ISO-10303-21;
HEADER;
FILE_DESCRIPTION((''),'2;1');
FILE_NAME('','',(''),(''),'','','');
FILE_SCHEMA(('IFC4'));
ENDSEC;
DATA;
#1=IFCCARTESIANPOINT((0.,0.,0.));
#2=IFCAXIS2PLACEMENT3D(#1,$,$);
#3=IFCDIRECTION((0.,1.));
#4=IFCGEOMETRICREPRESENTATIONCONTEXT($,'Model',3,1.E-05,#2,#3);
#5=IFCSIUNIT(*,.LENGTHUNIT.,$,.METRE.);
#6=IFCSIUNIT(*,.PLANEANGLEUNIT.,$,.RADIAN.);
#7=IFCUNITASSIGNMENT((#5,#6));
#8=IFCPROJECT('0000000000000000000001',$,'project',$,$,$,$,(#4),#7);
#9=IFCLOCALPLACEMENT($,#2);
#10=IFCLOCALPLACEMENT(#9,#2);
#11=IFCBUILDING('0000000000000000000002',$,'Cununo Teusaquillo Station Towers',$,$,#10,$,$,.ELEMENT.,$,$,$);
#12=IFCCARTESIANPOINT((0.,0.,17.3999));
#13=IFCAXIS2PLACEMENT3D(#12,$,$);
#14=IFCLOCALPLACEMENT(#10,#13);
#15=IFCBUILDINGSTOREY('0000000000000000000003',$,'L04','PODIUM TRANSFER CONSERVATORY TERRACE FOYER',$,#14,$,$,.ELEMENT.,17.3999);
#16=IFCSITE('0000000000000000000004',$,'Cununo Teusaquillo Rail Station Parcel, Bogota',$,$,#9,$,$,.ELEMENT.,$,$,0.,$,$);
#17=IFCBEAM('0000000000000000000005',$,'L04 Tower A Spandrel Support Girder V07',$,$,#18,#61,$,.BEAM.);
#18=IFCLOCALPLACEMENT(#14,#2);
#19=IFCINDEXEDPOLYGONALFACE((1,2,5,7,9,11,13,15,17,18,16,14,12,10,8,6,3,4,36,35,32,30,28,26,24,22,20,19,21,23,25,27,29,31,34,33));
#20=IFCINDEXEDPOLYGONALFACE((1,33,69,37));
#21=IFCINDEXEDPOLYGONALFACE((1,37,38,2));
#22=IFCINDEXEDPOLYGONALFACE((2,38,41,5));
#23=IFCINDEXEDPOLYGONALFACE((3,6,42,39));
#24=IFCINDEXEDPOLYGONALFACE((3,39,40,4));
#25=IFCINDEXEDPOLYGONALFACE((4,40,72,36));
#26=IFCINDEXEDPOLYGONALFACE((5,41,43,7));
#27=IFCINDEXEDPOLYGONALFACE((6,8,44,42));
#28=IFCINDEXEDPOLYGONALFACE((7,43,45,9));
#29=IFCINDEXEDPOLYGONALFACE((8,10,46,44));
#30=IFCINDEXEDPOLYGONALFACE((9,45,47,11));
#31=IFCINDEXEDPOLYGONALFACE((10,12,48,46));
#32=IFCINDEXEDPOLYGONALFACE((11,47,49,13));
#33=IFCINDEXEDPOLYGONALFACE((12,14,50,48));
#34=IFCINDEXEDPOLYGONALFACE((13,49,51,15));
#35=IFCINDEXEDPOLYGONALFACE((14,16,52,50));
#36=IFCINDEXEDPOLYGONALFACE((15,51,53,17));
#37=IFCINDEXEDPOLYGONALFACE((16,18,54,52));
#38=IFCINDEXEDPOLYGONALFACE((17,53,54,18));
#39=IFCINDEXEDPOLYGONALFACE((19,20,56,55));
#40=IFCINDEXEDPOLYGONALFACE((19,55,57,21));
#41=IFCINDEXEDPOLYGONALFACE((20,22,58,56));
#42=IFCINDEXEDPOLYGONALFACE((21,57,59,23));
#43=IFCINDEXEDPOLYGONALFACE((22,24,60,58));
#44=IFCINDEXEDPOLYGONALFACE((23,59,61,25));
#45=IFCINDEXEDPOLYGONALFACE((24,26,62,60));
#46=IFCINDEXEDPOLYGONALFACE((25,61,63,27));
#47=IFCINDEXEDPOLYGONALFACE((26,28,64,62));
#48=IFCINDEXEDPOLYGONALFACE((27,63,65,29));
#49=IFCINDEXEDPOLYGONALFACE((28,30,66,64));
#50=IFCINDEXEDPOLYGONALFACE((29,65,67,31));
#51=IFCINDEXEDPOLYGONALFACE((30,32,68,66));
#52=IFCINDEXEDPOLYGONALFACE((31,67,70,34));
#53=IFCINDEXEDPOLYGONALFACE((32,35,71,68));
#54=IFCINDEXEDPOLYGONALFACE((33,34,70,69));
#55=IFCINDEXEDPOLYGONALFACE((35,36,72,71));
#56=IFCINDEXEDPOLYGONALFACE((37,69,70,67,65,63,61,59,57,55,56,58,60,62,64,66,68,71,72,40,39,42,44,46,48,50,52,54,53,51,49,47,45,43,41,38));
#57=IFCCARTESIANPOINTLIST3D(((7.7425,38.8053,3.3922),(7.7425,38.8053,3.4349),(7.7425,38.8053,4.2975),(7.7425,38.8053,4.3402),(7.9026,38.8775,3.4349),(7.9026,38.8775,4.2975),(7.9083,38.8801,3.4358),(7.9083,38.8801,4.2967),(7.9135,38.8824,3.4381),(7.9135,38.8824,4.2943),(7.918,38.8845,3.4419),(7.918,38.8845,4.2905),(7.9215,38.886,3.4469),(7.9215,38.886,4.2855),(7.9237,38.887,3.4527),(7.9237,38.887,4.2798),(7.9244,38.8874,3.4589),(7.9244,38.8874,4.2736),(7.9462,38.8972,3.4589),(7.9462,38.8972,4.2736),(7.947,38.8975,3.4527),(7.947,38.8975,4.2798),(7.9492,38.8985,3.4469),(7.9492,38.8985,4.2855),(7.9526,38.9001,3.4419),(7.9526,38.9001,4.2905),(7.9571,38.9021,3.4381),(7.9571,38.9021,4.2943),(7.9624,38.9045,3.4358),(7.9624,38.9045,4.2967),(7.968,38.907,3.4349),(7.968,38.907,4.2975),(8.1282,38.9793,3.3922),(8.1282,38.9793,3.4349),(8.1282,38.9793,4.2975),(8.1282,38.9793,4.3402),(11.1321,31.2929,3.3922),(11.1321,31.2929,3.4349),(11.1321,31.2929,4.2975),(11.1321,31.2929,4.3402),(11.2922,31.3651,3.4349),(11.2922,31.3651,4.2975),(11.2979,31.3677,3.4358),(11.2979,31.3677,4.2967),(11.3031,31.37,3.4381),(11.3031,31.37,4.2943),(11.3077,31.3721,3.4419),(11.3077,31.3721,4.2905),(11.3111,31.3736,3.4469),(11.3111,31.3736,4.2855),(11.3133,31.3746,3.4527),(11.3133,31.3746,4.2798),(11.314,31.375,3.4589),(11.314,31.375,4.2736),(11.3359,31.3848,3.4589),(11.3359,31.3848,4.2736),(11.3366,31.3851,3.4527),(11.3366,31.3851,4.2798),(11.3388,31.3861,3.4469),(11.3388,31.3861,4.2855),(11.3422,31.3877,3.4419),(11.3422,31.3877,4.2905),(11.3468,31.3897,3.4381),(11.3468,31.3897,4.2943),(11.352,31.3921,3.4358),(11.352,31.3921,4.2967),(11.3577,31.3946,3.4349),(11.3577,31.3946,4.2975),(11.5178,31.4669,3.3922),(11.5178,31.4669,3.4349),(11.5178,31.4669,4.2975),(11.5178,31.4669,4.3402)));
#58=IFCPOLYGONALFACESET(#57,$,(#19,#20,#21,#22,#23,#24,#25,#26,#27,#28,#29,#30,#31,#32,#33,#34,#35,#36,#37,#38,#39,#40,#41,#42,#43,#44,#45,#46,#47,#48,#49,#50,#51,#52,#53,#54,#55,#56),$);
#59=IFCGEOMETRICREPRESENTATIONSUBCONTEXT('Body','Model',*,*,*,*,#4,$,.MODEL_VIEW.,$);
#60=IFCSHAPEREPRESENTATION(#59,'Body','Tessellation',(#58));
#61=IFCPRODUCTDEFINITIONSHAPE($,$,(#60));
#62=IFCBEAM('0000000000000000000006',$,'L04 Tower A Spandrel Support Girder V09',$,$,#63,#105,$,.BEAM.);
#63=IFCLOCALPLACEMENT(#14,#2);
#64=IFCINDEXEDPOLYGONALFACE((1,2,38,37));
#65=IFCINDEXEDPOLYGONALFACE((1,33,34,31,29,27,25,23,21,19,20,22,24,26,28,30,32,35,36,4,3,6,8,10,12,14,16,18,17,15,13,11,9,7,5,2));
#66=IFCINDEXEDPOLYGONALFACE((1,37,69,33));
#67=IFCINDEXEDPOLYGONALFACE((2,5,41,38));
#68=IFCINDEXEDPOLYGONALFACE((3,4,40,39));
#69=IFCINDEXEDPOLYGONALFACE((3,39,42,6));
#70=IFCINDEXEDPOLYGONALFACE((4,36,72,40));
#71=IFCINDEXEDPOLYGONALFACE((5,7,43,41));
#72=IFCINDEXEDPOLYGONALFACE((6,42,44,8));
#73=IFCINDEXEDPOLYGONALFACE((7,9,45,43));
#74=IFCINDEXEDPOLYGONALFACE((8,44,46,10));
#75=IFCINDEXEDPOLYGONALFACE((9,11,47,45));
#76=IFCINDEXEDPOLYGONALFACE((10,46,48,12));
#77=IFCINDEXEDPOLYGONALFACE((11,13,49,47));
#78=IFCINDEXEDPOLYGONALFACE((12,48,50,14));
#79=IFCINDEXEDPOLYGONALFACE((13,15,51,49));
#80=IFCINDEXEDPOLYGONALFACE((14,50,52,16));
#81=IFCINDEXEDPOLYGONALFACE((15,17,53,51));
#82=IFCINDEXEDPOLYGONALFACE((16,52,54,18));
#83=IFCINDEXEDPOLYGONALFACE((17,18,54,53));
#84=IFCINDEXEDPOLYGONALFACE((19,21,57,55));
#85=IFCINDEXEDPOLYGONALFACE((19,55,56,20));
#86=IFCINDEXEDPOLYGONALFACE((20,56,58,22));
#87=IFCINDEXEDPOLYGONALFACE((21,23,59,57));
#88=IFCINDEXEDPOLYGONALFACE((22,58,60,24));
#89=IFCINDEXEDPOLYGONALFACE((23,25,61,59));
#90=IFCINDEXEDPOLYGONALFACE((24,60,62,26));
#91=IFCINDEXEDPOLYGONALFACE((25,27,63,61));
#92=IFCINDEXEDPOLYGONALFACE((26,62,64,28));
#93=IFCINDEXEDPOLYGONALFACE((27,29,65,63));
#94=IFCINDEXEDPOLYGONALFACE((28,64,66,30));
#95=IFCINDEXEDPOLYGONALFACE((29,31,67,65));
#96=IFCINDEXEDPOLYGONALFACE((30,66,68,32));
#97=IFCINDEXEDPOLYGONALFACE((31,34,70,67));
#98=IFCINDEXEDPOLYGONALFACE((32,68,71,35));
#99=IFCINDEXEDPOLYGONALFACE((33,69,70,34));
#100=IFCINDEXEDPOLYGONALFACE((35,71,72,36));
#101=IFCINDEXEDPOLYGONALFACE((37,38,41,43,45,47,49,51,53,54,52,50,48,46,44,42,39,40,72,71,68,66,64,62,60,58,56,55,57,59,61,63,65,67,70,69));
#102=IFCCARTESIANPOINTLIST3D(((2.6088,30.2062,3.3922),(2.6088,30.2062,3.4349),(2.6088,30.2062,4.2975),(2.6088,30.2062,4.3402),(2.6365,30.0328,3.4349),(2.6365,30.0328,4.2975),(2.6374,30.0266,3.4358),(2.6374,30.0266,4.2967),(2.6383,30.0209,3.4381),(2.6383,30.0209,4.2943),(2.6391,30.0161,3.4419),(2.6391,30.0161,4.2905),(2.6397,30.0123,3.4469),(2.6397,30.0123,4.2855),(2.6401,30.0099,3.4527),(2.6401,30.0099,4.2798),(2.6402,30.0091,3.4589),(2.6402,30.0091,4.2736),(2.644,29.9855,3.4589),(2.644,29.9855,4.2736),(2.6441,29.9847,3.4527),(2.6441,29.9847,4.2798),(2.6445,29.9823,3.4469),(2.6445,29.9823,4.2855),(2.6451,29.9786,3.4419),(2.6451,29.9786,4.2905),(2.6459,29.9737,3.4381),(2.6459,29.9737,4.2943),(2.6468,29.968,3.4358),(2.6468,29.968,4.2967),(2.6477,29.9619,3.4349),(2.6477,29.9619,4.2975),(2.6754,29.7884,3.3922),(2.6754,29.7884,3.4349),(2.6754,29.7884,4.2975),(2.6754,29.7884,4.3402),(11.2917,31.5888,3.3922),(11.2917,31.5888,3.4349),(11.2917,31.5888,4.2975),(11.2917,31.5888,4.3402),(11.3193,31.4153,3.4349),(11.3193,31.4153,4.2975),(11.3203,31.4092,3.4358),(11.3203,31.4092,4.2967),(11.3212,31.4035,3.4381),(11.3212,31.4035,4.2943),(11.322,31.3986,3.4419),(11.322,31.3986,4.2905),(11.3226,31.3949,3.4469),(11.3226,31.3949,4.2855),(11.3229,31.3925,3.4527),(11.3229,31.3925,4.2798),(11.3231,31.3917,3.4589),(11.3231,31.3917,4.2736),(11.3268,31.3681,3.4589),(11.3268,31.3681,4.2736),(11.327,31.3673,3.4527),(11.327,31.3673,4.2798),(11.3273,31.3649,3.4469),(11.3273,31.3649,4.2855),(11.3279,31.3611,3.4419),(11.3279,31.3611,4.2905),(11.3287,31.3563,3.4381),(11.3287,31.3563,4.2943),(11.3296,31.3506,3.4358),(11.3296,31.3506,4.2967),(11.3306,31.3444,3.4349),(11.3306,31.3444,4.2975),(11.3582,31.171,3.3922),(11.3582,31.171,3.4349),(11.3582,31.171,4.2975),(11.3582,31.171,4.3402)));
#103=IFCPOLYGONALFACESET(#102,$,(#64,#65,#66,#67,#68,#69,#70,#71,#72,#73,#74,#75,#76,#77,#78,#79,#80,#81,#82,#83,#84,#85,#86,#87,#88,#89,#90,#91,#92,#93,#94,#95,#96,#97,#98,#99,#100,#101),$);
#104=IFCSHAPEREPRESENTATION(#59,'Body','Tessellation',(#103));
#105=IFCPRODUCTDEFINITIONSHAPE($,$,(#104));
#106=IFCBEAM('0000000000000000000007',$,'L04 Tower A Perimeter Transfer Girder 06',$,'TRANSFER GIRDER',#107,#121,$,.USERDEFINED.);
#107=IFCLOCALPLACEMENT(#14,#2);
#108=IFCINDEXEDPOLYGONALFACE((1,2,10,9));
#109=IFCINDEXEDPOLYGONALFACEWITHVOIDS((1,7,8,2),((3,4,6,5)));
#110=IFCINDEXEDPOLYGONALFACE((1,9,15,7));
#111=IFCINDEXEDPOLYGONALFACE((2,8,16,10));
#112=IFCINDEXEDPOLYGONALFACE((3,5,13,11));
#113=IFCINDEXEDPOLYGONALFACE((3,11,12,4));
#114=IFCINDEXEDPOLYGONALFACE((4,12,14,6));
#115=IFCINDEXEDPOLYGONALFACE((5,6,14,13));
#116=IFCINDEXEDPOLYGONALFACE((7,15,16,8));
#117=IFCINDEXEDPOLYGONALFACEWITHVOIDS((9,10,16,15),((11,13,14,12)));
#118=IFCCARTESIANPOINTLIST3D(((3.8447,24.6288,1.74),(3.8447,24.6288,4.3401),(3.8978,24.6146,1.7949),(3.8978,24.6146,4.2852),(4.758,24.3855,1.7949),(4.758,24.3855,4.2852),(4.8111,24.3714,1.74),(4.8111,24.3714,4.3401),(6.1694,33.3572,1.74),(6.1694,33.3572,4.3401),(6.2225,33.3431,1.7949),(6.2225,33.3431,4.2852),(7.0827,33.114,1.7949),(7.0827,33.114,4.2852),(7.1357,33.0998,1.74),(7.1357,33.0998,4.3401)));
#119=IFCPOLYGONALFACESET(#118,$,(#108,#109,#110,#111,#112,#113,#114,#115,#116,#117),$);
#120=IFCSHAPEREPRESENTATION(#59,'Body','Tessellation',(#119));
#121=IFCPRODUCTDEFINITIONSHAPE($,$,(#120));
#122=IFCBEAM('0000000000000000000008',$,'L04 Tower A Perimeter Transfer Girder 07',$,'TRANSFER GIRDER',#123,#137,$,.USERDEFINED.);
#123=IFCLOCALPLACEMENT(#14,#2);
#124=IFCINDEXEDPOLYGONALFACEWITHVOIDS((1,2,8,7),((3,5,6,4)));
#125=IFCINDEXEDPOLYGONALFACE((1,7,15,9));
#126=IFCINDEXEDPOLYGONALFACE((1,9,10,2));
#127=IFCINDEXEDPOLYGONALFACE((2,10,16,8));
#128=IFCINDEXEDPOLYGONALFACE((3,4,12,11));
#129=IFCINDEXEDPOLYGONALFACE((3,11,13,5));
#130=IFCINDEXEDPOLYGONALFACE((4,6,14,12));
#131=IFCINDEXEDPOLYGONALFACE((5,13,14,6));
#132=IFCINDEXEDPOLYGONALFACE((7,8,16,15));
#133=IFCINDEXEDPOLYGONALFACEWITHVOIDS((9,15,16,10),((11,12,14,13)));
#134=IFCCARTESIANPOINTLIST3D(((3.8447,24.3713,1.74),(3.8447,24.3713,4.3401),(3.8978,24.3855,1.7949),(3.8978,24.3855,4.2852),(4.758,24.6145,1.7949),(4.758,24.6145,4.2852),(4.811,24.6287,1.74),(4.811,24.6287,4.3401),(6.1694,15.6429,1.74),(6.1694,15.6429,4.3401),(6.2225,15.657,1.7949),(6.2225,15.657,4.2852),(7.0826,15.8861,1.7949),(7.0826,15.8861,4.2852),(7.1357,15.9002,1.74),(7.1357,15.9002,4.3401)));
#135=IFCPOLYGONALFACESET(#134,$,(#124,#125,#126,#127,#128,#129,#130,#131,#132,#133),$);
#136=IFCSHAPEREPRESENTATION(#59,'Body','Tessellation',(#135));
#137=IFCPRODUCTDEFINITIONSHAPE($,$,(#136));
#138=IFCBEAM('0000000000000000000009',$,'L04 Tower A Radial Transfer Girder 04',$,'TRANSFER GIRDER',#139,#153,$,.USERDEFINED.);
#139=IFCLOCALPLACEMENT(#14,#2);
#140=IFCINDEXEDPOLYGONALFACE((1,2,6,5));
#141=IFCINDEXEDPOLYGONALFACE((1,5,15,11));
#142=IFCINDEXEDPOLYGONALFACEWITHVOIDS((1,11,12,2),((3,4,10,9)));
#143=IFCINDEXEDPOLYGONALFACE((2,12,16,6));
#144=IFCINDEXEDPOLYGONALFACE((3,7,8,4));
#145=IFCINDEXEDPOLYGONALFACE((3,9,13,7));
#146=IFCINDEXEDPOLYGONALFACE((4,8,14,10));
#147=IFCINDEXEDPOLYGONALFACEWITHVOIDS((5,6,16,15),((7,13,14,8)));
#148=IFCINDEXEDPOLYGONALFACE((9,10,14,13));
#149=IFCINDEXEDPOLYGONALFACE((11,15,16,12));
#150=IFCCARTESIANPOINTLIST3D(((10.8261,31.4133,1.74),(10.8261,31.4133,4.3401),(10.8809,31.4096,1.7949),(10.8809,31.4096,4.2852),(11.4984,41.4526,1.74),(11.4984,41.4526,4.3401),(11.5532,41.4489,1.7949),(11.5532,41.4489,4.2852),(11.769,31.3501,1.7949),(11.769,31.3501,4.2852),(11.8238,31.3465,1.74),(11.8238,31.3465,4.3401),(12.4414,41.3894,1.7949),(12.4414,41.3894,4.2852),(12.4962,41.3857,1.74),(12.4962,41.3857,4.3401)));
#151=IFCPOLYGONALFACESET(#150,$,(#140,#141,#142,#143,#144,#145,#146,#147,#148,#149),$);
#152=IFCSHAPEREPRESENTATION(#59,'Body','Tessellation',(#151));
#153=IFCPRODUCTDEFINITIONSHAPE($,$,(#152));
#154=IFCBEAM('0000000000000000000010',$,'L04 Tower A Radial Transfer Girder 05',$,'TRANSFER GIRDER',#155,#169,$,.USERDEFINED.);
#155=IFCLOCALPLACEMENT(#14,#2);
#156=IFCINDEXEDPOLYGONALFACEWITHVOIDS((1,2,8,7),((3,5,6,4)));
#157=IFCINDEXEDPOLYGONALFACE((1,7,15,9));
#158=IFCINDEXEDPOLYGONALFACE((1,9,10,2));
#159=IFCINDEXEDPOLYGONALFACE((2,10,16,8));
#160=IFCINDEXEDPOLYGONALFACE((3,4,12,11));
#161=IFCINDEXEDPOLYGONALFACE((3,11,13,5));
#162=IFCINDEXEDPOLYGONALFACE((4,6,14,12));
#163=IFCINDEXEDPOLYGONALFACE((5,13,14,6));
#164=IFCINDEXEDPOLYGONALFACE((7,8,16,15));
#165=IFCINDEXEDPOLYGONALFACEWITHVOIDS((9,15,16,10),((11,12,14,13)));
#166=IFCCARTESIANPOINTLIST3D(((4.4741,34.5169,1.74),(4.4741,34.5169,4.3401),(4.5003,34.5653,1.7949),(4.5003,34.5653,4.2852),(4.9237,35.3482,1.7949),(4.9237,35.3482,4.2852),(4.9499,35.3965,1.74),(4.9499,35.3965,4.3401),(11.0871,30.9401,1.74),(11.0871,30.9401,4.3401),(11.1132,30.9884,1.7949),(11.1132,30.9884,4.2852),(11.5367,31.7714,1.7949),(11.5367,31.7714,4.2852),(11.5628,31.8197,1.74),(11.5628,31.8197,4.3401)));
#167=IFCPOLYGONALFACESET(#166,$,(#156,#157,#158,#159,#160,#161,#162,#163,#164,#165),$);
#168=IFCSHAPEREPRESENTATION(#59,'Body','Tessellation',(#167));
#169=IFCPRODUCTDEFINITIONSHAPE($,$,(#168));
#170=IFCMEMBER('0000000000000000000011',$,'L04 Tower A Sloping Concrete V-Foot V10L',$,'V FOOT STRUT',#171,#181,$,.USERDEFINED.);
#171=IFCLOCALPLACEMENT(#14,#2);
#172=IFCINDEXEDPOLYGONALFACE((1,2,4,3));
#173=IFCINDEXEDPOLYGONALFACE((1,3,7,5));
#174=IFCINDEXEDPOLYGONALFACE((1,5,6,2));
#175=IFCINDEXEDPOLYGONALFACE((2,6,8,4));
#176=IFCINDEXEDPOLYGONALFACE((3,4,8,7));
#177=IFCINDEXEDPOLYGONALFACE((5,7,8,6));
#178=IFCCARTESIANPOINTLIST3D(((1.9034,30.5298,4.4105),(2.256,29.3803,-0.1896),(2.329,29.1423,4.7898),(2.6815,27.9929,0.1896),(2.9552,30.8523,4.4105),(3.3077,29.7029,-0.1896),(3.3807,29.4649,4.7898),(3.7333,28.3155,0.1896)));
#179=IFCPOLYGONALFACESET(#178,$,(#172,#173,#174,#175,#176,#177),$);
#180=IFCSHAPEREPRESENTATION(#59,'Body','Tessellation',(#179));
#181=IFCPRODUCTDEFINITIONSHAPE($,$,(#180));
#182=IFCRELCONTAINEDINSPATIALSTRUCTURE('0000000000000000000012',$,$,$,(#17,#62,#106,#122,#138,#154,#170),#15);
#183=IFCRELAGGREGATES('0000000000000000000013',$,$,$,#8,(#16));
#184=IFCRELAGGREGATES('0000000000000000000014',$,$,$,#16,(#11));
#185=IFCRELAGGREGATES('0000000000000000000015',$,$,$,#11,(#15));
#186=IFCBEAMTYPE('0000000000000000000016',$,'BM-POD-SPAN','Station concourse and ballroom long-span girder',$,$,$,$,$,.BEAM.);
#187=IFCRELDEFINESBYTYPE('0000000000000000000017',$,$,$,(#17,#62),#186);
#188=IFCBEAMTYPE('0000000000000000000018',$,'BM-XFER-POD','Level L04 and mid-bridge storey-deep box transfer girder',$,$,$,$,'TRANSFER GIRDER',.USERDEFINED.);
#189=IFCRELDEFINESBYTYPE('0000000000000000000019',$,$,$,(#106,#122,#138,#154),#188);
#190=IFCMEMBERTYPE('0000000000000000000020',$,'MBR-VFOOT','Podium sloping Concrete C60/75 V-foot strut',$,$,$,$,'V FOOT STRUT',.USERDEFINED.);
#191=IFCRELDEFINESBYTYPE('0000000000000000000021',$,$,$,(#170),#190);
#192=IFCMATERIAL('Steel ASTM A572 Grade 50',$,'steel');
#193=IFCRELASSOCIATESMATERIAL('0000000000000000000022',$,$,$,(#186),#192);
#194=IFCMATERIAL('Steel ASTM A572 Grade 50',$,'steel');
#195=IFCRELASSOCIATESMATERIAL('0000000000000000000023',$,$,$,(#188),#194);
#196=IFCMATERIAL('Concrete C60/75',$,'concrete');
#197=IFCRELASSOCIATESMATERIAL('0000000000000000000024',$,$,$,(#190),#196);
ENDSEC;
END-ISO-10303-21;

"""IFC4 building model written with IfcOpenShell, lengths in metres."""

from ifc_helpers import new_model, si_unit, direction, frame, origin, origin_2d, place, context, subcontext, project, spatial, rectangle, hollow_rectangle, i_section, extrude, material, material_profile, profile_set, type_object, element, save


model = new_model("IFC4")

# Units and contexts
model_context = context("Model", 3, precision=1e-05, world=origin(), true_north=direction((0.0, 1.0)))
body_context = subcontext(model_context, "Body", "Model", "MODEL_VIEW")
ifc_project = project(units=[si_unit("LENGTHUNIT", "METRE"), si_unit("PLANEANGLEUNIT", "RADIAN")], contexts=[model_context])

# Site, building, storey
site_placement = place(None, origin())
site = spatial("IfcSite", under=ifc_project, at=site_placement, Name="Cununo Teusaquillo Rail Station Parcel, Bogota", CompositionType="ELEMENT", RefElevation=0.0)
building_placement = place(site_placement, origin())
building = spatial("IfcBuilding", under=site, at=building_placement, Name="Cununo Teusaquillo Station Towers", CompositionType="ELEMENT")
storey_placement = place(building_placement, frame((0.0, 0.0, 17.3999)))
storey = spatial("IfcBuildingStorey", under=building, at=storey_placement, Name="L04", Description="PODIUM TRANSFER CONSERVATORY TERRACE FOYER", CompositionType="ELEMENT", Elevation=17.3999)

# Beams
ifc_material_1 = material(Name="Steel ASTM A572 Grade 50", Category="steel")
ifc_material_profile_1 = material_profile(ifc_material_1, i_section(OverallWidth=0.4231, OverallDepth=0.948, WebThickness=0.0239, FlangeThickness=0.0427, FilletRadius=0.0239, at=origin_2d()), Name="W36X302")
ifc_profile_set_1 = profile_set([ifc_material_profile_1], Name="Steel ASTM A572 Grade 50")
beam_type_1 = type_object("IfcBeamType", Name="BM-POD-SPAN", Description="Station concourse and ballroom long-span girder", PredefinedType="BEAM", material=ifc_profile_set_1)
beam_1_placement = place(storey_placement, frame((11.325, 31.3799, 3.8662), z_axis=(-0.411277, 0.91151, 0.0), x_axis=(-0.91151, -0.411277, 0.0)))
element("IfcBeam", 1, at=beam_1_placement, inside=storey, type_object=beam_type_1, Name="L04 Tower A Spandrel Support Girder V07", PredefinedType="BEAM", context=body_context, shape_type="SweptSolid", body=[
    extrude(i_section(OverallWidth=0.4231, OverallDepth=0.948, WebThickness=0.0239, FlangeThickness=0.0427, FilletRadius=0.0239, at=origin_2d()), origin(), (0.0, 0.0, 1.0), 8.2417),
])
beam_2_placement = place(storey_placement, frame((11.325, 31.3799, 3.8662), z_axis=(-0.987559, -0.157249, 0.0), x_axis=(0.157249, -0.987559, 0.0)))
element("IfcBeam", 2, at=beam_2_placement, inside=storey, type_object=beam_type_1, Name="L04 Tower A Spandrel Support Girder V09", PredefinedType="BEAM", context=body_context, shape_type="SweptSolid", body=[
    extrude(i_section(OverallWidth=0.4231, OverallDepth=0.948, WebThickness=0.0239, FlangeThickness=0.0427, FilletRadius=0.0239, at=origin_2d()), origin(), (0.0, 0.0, 1.0), 8.7922),
])
ifc_material_2 = material(Name="Steel ASTM A572 Grade 50", Category="steel")
ifc_material_profile_2 = material_profile(ifc_material_2, hollow_rectangle(XDim=1.0, YDim=2.6001, WallThickness=0.0549, at=origin_2d()), Name="BOX 2600x1000x55")
ifc_profile_set_2 = profile_set([ifc_material_profile_2], Name="Steel ASTM A572 Grade 50")
beam_type_2 = type_object("IfcBeamType", Name="BM-XFER-POD", Description="Level L04 and mid-bridge storey-deep box transfer girder", ElementType="TRANSFER GIRDER", PredefinedType="USERDEFINED", material=ifc_profile_set_2)
for number, where, z_axis, x_axis, name in (
    (3, (6.6526, 33.2285, 3.04), (-0.257363, -0.966315, 0.0), (0.966315, -0.257363, 0.0), "L04 Tower A Perimeter Transfer Girder 06"),
    (4, (4.3279, 24.5, 3.04), (0.257363, -0.966315, 0.0), (0.966315, 0.257363, 0.0), "L04 Tower A Perimeter Transfer Girder 07"),
):
    element("IfcBeam", number, at=place(storey_placement, frame(where, z_axis=z_axis, x_axis=x_axis)), inside=storey, type_object=beam_type_2, Name=name, ObjectType="TRANSFER GIRDER", PredefinedType="USERDEFINED", context=body_context, shape_type="SweptSolid", body=[
        extrude(hollow_rectangle(XDim=1.0, YDim=2.6001, WallThickness=0.0549, at=origin_2d()), origin(), (0.0, 0.0, 1.0), 9.0327),
    ])
beam_3_placement = place(storey_placement, frame((11.325, 31.3799, 3.04), z_axis=(0.066823, 0.997765, 0.0), x_axis=(-0.997765, 0.066823, 0.0)))
element("IfcBeam", 5, at=beam_3_placement, inside=storey, type_object=beam_type_2, Name="L04 Tower A Radial Transfer Girder 04", ObjectType="TRANSFER GIRDER", PredefinedType="USERDEFINED", context=body_context, shape_type="SweptSolid", body=[
    extrude(hollow_rectangle(XDim=1.0, YDim=2.6001, WallThickness=0.0549, at=origin_2d()), origin(), (0.0, 0.0, 1.0), 10.0618),
])
beam_4_placement = place(storey_placement, frame((11.325, 31.3799, 3.04), z_axis=(-0.879579, 0.475753, 0.0), x_axis=(-0.475753, -0.879579, 0.0)))
element("IfcBeam", 6, at=beam_4_placement, inside=storey, type_object=beam_type_2, Name="L04 Tower A Radial Transfer Girder 05", ObjectType="TRANSFER GIRDER", PredefinedType="USERDEFINED", context=body_context, shape_type="SweptSolid", body=[
    extrude(hollow_rectangle(XDim=1.0, YDim=2.6001, WallThickness=0.0549, at=origin_2d()), origin(), (0.0, 0.0, 1.0), 7.5183),
])

# Member
ifc_material_3 = material(Name="Concrete C60/75", Category="concrete")
ifc_material_profile_3 = material_profile(ifc_material_3, rectangle(XDim=1.1001, YDim=1.5, at=origin_2d()), Name="RC-RECT-1500x1100")
ifc_profile_set_3 = profile_set([ifc_material_profile_3], Name="Concrete C60/75")
member_type = type_object("IfcMemberType", Name="MBR-VFOOT", Description="Podium sloping Concrete C60/75 V-foot strut", ElementType="V FOOT STRUT", PredefinedType="USERDEFINED", material=ifc_profile_set_3)
member_placement = place(storey_placement, frame((2.9946, 28.8479, 0.0), z_axis=(-0.074147, 0.241747, 0.967502), x_axis=(-0.956042, -0.29323, 0.0)))
element("IfcMember", 7, at=member_placement, inside=storey, type_object=member_type, Name="L04 Tower A Sloping Concrete V-Foot V10L", ObjectType="V FOOT STRUT", PredefinedType="USERDEFINED", context=body_context, shape_type="SweptSolid", body=[
    extrude(rectangle(XDim=1.1001, YDim=1.5, at=origin_2d()), origin(), (0.0, 0.0, 1.0), 4.7546),
])

save(model, "model.ifc")
